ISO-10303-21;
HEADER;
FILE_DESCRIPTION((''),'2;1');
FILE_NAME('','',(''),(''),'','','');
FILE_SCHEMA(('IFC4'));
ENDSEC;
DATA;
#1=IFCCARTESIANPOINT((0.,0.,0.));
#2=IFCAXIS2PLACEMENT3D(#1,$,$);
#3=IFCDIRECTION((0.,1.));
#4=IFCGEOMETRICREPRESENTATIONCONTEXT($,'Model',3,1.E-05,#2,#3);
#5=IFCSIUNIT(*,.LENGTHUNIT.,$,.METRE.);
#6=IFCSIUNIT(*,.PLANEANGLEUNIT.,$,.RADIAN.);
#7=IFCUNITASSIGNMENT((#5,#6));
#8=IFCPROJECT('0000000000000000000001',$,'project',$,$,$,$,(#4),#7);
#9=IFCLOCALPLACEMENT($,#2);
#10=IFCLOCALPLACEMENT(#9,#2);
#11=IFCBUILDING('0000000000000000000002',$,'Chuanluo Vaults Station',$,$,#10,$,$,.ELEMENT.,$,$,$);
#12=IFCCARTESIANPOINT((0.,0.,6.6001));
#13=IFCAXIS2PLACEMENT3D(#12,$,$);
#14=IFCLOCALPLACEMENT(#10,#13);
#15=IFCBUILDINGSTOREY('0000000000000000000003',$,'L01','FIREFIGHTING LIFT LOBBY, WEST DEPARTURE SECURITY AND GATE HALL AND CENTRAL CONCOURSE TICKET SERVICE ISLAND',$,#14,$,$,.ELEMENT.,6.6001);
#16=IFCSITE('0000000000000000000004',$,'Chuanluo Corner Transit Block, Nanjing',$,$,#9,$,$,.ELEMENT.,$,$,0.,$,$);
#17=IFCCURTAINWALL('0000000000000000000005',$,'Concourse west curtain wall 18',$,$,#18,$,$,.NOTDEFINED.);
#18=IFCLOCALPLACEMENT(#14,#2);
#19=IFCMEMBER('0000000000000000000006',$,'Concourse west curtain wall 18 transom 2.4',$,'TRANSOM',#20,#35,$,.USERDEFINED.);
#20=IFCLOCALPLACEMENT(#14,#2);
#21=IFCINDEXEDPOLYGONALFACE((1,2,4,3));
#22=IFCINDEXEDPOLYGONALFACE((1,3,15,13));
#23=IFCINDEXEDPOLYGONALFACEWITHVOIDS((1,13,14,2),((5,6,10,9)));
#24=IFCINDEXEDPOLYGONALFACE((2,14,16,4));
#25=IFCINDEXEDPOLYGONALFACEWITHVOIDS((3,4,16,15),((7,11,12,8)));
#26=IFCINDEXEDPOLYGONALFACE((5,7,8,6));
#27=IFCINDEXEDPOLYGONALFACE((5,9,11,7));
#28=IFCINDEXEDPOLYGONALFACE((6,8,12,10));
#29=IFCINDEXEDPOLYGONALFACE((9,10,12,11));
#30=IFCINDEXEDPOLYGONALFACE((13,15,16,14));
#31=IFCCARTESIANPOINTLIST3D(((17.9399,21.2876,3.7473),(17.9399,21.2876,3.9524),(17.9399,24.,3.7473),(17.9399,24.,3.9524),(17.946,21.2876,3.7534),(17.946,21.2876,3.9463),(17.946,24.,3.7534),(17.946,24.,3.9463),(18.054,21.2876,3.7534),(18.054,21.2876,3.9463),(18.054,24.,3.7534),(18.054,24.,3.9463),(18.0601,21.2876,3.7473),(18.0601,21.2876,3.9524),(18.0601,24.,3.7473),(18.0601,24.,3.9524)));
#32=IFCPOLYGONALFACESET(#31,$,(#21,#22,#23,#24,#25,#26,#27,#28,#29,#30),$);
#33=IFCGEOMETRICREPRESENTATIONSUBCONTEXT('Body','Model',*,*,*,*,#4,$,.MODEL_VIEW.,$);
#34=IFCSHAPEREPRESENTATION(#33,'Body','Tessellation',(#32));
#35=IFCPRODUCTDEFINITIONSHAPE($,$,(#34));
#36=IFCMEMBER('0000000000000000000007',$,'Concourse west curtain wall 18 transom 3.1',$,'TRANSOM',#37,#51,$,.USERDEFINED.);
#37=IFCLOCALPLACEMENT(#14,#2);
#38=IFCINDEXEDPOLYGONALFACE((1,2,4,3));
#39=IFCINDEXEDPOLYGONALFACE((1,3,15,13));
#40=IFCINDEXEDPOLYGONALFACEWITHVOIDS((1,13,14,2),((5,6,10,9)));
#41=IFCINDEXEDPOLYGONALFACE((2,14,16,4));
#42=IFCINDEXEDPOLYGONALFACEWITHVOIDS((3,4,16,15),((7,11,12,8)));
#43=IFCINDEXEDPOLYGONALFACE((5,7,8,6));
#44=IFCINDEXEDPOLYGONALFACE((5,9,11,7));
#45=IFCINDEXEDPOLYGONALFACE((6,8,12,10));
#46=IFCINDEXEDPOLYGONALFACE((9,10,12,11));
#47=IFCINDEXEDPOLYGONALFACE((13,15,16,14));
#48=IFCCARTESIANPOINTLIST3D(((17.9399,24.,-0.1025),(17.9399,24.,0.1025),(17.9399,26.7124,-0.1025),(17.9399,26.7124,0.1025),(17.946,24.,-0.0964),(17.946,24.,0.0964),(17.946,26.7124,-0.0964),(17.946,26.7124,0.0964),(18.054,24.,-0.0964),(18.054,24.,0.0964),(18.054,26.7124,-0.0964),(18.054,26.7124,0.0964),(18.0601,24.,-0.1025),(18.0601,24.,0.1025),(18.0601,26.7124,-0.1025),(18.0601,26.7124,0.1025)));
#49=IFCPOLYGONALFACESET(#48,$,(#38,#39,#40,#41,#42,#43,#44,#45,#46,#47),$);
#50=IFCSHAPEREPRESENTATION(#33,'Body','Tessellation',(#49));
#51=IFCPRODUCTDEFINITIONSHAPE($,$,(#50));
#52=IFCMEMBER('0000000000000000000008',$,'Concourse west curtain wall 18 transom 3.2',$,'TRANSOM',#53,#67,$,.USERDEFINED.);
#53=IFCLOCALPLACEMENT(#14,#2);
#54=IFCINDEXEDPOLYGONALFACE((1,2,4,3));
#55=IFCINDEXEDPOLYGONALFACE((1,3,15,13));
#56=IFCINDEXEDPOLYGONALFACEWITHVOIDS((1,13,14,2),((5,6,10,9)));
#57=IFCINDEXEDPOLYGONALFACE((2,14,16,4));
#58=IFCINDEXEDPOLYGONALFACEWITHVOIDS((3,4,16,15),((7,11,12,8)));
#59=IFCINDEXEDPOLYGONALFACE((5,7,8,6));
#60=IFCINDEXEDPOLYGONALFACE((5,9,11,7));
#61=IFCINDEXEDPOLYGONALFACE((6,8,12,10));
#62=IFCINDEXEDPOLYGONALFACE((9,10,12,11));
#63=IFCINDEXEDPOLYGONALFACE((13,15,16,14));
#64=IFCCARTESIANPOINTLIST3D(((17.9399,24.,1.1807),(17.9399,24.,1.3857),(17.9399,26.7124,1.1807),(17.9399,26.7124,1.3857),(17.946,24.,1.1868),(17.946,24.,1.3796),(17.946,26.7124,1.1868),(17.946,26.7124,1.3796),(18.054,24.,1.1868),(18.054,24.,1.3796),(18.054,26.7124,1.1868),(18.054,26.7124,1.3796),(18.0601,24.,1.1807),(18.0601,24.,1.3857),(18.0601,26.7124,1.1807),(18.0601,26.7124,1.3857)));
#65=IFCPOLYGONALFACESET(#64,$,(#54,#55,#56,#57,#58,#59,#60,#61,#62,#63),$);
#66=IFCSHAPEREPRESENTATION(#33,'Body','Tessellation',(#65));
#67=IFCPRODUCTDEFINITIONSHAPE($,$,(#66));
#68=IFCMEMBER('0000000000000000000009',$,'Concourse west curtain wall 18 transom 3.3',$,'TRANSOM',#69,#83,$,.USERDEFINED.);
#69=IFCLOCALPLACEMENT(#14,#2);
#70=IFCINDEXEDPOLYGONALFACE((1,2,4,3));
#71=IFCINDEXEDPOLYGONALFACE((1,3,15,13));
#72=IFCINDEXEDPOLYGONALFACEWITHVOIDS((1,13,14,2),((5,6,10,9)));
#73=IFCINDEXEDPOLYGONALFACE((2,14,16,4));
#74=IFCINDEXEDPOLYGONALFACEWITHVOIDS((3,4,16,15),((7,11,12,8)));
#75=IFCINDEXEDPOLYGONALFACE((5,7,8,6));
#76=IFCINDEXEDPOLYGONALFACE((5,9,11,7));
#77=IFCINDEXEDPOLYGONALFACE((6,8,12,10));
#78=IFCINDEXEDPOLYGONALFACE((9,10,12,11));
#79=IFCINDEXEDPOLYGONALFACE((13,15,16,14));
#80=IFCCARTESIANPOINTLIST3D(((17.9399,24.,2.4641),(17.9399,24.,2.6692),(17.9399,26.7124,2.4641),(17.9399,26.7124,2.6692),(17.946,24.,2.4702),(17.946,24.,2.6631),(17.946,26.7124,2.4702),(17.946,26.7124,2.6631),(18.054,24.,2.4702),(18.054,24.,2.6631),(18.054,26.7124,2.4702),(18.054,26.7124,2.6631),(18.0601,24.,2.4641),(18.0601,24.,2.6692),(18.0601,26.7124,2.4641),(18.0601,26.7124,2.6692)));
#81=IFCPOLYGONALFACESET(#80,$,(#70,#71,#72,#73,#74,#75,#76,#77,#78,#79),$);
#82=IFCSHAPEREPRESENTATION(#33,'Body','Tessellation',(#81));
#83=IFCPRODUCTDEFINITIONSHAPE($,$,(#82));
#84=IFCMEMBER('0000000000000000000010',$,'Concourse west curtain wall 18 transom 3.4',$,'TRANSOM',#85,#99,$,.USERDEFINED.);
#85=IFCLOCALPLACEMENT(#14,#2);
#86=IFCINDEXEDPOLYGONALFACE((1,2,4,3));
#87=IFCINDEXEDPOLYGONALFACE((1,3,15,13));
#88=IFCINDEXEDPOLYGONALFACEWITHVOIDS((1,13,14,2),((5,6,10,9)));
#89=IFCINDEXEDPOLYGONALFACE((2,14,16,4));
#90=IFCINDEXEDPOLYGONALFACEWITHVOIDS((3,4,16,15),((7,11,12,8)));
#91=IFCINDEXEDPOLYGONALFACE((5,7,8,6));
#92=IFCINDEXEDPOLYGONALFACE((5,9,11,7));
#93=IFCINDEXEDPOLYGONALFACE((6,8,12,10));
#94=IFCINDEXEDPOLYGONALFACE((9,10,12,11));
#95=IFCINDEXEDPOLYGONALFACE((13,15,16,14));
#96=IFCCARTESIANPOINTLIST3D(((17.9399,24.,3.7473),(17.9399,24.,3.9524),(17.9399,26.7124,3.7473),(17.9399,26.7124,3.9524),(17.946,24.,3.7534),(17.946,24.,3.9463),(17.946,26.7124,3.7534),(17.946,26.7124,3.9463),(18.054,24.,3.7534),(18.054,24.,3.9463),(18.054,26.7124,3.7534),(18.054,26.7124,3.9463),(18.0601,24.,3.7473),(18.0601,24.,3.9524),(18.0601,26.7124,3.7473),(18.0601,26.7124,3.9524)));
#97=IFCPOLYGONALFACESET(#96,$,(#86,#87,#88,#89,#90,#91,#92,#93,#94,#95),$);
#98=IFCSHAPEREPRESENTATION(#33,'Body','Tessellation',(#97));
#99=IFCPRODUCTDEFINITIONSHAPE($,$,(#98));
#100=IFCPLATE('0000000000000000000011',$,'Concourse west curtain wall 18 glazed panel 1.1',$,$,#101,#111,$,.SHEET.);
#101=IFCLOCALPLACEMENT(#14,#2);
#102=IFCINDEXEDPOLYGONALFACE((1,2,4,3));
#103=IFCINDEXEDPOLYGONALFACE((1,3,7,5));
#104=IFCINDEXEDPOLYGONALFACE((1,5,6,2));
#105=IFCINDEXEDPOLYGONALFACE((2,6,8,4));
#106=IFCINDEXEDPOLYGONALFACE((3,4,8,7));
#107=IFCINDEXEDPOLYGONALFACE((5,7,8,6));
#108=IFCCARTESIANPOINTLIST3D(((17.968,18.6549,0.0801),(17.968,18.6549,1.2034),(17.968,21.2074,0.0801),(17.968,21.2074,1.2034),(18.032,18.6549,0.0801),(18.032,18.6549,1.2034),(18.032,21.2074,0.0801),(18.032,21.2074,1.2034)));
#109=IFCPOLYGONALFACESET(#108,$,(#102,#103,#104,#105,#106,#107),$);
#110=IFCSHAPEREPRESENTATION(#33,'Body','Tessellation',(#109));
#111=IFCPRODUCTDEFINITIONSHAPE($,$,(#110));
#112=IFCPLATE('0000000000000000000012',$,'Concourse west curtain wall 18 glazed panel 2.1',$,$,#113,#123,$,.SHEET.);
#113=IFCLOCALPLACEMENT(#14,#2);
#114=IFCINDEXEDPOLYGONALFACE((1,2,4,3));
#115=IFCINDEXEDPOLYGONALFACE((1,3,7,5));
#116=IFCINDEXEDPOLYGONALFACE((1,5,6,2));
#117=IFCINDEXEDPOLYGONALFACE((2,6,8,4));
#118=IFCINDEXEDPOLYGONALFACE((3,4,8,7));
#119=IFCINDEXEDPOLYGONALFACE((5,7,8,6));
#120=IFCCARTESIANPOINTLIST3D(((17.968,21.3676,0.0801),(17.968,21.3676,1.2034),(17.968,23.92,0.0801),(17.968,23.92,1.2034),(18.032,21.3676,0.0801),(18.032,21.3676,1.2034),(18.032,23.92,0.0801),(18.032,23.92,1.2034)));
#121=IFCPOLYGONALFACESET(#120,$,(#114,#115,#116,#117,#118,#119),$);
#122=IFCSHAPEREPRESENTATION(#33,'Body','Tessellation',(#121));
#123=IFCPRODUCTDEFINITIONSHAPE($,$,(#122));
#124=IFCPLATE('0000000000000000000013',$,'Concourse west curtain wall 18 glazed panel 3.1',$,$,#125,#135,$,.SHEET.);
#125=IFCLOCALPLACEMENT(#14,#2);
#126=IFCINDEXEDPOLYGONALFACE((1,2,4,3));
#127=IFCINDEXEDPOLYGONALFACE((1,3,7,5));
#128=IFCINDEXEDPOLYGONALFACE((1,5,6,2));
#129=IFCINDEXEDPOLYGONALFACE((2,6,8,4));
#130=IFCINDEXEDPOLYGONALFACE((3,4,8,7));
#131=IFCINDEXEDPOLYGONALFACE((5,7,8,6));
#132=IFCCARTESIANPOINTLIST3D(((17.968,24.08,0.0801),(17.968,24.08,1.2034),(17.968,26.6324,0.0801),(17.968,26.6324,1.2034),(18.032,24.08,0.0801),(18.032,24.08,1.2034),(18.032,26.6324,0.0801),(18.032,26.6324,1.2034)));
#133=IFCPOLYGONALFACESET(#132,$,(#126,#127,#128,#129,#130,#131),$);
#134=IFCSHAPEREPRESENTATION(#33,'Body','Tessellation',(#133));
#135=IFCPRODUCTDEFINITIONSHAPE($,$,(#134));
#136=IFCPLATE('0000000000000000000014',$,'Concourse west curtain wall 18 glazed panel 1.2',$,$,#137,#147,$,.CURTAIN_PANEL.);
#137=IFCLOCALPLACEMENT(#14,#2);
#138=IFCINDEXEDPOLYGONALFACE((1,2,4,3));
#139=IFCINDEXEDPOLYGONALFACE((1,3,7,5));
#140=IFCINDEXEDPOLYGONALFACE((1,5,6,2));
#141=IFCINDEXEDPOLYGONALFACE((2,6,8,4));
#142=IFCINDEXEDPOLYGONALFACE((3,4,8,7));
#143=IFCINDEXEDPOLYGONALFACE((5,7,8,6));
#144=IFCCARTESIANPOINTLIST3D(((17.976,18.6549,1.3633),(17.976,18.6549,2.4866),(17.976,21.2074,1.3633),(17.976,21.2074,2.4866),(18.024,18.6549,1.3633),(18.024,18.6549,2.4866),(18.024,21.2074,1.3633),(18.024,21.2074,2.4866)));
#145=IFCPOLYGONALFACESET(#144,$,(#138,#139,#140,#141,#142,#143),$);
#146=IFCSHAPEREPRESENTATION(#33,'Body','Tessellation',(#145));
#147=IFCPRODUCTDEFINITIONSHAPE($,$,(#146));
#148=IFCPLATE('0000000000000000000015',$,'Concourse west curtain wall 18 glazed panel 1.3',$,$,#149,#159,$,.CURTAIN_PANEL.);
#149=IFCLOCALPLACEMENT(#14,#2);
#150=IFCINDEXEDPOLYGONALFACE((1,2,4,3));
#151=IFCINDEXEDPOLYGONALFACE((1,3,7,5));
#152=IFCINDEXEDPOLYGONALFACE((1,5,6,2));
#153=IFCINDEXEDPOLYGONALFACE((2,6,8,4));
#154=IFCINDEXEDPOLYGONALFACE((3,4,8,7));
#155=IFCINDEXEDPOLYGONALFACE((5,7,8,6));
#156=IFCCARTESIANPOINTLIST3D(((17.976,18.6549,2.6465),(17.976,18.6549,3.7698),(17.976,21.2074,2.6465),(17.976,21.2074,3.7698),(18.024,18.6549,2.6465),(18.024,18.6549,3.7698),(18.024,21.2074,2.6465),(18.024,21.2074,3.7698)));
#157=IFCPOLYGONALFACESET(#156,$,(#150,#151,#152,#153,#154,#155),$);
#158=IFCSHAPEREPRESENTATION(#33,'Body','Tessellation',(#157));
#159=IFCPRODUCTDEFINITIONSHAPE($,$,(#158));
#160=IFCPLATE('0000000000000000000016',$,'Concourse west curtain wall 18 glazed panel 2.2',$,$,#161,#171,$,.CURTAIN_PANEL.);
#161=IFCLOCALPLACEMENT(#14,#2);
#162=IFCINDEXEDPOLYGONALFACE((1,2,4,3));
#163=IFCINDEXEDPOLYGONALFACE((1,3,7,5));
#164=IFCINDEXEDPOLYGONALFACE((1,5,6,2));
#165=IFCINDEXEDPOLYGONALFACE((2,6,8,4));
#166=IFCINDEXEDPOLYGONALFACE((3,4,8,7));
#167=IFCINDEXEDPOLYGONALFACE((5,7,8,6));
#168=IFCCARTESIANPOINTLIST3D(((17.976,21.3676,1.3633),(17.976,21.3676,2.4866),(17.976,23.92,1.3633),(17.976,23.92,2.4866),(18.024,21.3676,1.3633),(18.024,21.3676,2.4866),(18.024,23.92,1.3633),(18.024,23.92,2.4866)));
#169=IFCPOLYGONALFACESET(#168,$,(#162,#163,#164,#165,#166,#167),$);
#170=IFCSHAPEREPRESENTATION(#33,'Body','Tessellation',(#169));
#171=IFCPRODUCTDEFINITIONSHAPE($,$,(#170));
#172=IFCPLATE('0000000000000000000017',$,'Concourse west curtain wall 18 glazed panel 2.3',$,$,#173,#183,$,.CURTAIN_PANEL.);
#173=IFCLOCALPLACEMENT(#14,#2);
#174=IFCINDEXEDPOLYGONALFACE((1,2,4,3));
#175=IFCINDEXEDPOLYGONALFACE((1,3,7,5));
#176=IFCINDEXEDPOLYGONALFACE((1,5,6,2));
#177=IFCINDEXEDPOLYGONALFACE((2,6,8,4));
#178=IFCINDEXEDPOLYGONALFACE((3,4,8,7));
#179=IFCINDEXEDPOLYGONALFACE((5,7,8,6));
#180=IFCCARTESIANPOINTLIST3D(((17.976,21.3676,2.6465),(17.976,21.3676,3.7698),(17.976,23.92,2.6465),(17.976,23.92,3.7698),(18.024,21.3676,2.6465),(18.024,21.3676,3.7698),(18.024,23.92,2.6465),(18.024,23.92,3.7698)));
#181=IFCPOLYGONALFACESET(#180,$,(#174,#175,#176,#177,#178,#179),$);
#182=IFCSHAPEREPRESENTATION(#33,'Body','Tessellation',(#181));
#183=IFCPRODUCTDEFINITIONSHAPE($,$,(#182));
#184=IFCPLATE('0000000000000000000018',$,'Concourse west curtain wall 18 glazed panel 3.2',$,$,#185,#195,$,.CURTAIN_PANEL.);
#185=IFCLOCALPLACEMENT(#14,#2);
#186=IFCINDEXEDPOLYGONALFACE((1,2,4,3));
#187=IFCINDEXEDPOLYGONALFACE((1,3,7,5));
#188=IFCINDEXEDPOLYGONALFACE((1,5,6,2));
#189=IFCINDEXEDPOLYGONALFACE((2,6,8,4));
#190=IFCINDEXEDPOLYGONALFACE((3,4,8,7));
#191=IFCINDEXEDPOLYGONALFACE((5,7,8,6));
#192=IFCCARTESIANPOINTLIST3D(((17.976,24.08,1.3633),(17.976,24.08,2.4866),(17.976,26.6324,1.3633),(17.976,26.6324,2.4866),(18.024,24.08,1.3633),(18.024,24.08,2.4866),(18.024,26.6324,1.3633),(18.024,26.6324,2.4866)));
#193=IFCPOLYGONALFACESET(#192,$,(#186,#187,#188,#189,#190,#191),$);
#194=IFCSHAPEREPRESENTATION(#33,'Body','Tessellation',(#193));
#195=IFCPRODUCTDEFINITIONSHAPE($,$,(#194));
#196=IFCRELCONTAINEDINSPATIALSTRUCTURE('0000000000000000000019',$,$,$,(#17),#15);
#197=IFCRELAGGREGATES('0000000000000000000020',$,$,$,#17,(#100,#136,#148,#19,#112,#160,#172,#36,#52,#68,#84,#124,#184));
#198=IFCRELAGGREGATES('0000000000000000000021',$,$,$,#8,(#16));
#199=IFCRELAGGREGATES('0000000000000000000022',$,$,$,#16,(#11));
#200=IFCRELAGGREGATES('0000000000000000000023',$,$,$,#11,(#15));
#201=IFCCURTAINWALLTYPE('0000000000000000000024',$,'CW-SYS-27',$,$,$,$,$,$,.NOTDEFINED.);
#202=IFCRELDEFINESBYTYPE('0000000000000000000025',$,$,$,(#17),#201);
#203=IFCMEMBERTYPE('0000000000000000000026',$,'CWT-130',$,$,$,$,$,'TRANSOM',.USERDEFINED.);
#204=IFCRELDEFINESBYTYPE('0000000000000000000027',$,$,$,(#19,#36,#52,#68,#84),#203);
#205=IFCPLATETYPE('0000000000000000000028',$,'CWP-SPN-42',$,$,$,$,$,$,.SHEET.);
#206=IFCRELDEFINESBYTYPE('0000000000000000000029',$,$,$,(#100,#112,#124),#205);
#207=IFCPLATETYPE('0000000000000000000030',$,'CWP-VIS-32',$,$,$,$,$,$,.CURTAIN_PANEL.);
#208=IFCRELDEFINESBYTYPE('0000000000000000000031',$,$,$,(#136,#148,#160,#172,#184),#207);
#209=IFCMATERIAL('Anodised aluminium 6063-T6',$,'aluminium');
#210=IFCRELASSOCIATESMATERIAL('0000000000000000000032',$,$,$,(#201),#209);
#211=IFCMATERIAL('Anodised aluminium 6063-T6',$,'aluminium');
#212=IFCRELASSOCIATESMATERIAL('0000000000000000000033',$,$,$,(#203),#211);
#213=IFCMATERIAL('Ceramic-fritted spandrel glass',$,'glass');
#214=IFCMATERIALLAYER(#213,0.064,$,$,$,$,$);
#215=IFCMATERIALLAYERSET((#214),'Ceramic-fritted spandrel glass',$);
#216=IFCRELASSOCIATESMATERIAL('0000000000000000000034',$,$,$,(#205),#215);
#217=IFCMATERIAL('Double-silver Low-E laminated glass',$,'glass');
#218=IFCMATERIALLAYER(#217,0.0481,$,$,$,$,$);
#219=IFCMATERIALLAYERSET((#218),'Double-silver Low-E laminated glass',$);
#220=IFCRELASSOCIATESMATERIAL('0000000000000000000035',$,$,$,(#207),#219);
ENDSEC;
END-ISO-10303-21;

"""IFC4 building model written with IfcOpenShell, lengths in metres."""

from ifc_helpers import new_model, si_unit, direction, frame, origin, origin_2d, place, context, subcontext, project, spatial, rectangle, hollow_rectangle, extrude, material, layer, layer_set, material_profile, profile_set, type_object, element, aggregate, save


model = new_model("IFC4")

# Units and contexts
model_context = context("Model", 3, precision=1e-05, world=origin(), true_north=direction((0.0, 1.0)))
body_context = subcontext(model_context, "Body", "Model", "MODEL_VIEW")
ifc_project = project(units=[si_unit("LENGTHUNIT", "METRE"), si_unit("PLANEANGLEUNIT", "RADIAN")], contexts=[model_context])

# Site, building, storey
site_placement = place(None, origin())
site = spatial("IfcSite", under=ifc_project, at=site_placement, Name="Chuanluo Corner Transit Block, Nanjing", CompositionType="ELEMENT", RefElevation=0.0)
building_placement = place(site_placement, origin())
building = spatial("IfcBuilding", under=site, at=building_placement, Name="Chuanluo Vaults Station", CompositionType="ELEMENT")
storey_placement = place(building_placement, frame((0.0, 0.0, 6.6001)))
storey = spatial("IfcBuildingStorey", under=building, at=storey_placement, Name="L01", Description="FIREFIGHTING LIFT LOBBY, WEST DEPARTURE SECURITY AND GATE HALL AND CENTRAL CONCOURSE TICKET SERVICE ISLAND", CompositionType="ELEMENT", Elevation=6.6001)

# Curtain wall, members, plates
ifc_material_1 = material(Name="Anodised aluminium 6063-T6", Category="aluminium")
curtain_wall_type = type_object("IfcCurtainWallType", Name="CW-SYS-27", PredefinedType="NOTDEFINED", material=ifc_material_1)
curtain_wall_placement = place(storey_placement, origin())
curtain_wall = element("IfcCurtainWall", 1, at=curtain_wall_placement, inside=storey, type_object=curtain_wall_type, Name="Concourse west curtain wall 18", PredefinedType="NOTDEFINED")
ifc_material_2 = material(Name="Anodised aluminium 6063-T6", Category="aluminium")
ifc_material_profile_1 = material_profile(ifc_material_2, hollow_rectangle(XDim=0.1201, YDim=0.2051, WallThickness=0.0061, at=origin_2d()))
ifc_profile_set_1 = profile_set([ifc_material_profile_1], Name="Anodised aluminium 6063-T6")
member_type_1 = type_object("IfcMemberType", Name="CWT-130", ElementType="TRANSOM", PredefinedType="USERDEFINED", material=ifc_profile_set_1)
member_1_placement = place(storey_placement, frame((18.0, 21.2876, 3.8499), z_axis=(0.0, 1.0, 0.0), x_axis=(-1.0, 0.0, 0.0)))
member_1 = element("IfcMember", 2, at=member_1_placement, type_object=member_type_1, Name="Concourse west curtain wall 18 transom 2.4", ObjectType="TRANSOM", PredefinedType="USERDEFINED", context=body_context, shape_type="SweptSolid", body=[
    extrude(hollow_rectangle(XDim=0.1201, YDim=0.2051, WallThickness=0.0061, at=origin_2d()), origin(), (0.0, 0.0, 1.0), 2.7124),
])
member_2_placement = place(storey_placement, frame((18.0, 24.0, 0.0), z_axis=(0.0, 1.0, 0.0), x_axis=(-1.0, 0.0, 0.0)))
member_2 = element("IfcMember", 3, at=member_2_placement, type_object=member_type_1, Name="Concourse west curtain wall 18 transom 3.1", ObjectType="TRANSOM", PredefinedType="USERDEFINED", context=body_context, shape_type="SweptSolid", body=[
    extrude(hollow_rectangle(XDim=0.1201, YDim=0.2051, WallThickness=0.0061, at=origin_2d()), origin(), (0.0, 0.0, 1.0), 2.7124),
])
member_3_placement = place(storey_placement, frame((18.0, 24.0, 1.2832), z_axis=(0.0, 1.0, 0.0), x_axis=(-1.0, 0.0, 0.0)))
member_3 = element("IfcMember", 4, at=member_3_placement, type_object=member_type_1, Name="Concourse west curtain wall 18 transom 3.2", ObjectType="TRANSOM", PredefinedType="USERDEFINED", context=body_context, shape_type="SweptSolid", body=[
    extrude(hollow_rectangle(XDim=0.1201, YDim=0.2051, WallThickness=0.0061, at=origin_2d()), origin(), (0.0, 0.0, 1.0), 2.7124),
])
member_4_placement = place(storey_placement, frame((18.0, 24.0, 2.5667), z_axis=(0.0, 1.0, 0.0), x_axis=(-1.0, 0.0, 0.0)))
member_4 = element("IfcMember", 5, at=member_4_placement, type_object=member_type_1, Name="Concourse west curtain wall 18 transom 3.3", ObjectType="TRANSOM", PredefinedType="USERDEFINED", context=body_context, shape_type="SweptSolid", body=[
    extrude(hollow_rectangle(XDim=0.1201, YDim=0.2051, WallThickness=0.0061, at=origin_2d()), origin(), (0.0, 0.0, 1.0), 2.7124),
])
member_5_placement = place(storey_placement, frame((18.0, 24.0, 3.8499), z_axis=(0.0, 1.0, 0.0), x_axis=(-1.0, 0.0, 0.0)))
member_5 = element("IfcMember", 6, at=member_5_placement, type_object=member_type_1, Name="Concourse west curtain wall 18 transom 3.4", ObjectType="TRANSOM", PredefinedType="USERDEFINED", context=body_context, shape_type="SweptSolid", body=[
    extrude(hollow_rectangle(XDim=0.1201, YDim=0.2051, WallThickness=0.0061, at=origin_2d()), origin(), (0.0, 0.0, 1.0), 2.7124),
])
ifc_material_3 = material(Name="Ceramic-fritted spandrel glass", Category="glass")
ifc_layer_1 = layer(ifc_material_3, 0.064)
ifc_layer_set_1 = layer_set([ifc_layer_1], Name="Ceramic-fritted spandrel glass")
plate_type_1 = type_object("IfcPlateType", Name="CWP-SPN-42", PredefinedType="SHEET", material=ifc_layer_set_1)
plate_1_placement = place(storey_placement, frame((18.0, 19.9312, 0.0801), z_axis=(0.0, 0.0, 1.0), x_axis=(0.0, 1.0, 0.0)))
plate_1 = element("IfcPlate", 7, at=plate_1_placement, type_object=plate_type_1, Name="Concourse west curtain wall 18 glazed panel 1.1", PredefinedType="SHEET", context=body_context, shape_type="SweptSolid", body=[
    extrude(rectangle(XDim=2.5525, YDim=0.064, at=origin_2d()), origin(), (0.0, 0.0, 1.0), 1.1233),
])
plate_2_placement = place(storey_placement, frame((18.0, 22.6438, 0.0801), z_axis=(0.0, 0.0, 1.0), x_axis=(0.0, 1.0, 0.0)))
plate_2 = element("IfcPlate", 8, at=plate_2_placement, type_object=plate_type_1, Name="Concourse west curtain wall 18 glazed panel 2.1", PredefinedType="SHEET", context=body_context, shape_type="SweptSolid", body=[
    extrude(rectangle(XDim=2.5525, YDim=0.064, at=origin_2d()), origin(), (0.0, 0.0, 1.0), 1.1233),
])
plate_3_placement = place(storey_placement, frame((18.0, 25.3562, 0.0801), z_axis=(0.0, 0.0, 1.0), x_axis=(0.0, 1.0, 0.0)))
plate_3 = element("IfcPlate", 9, at=plate_3_placement, type_object=plate_type_1, Name="Concourse west curtain wall 18 glazed panel 3.1", PredefinedType="SHEET", context=body_context, shape_type="SweptSolid", body=[
    extrude(rectangle(XDim=2.5525, YDim=0.064, at=origin_2d()), origin(), (0.0, 0.0, 1.0), 1.1233),
])
ifc_material_4 = material(Name="Double-silver Low-E laminated glass", Category="glass")
ifc_layer_2 = layer(ifc_material_4, 0.0481)
ifc_layer_set_2 = layer_set([ifc_layer_2], Name="Double-silver Low-E laminated glass")
plate_type_2 = type_object("IfcPlateType", Name="CWP-VIS-32", PredefinedType="CURTAIN_PANEL", material=ifc_layer_set_2)
plate_4_placement = place(storey_placement, frame((18.0, 19.9312, 1.3633), z_axis=(0.0, 0.0, 1.0), x_axis=(0.0, 1.0, 0.0)))
plate_4 = element("IfcPlate", 10, at=plate_4_placement, type_object=plate_type_2, Name="Concourse west curtain wall 18 glazed panel 1.2", PredefinedType="CURTAIN_PANEL", context=body_context, shape_type="SweptSolid", body=[
    extrude(rectangle(XDim=2.5525, YDim=0.0481, at=origin_2d()), origin(), (0.0, 0.0, 1.0), 1.1233),
])
plate_5_placement = place(storey_placement, frame((18.0, 19.9312, 2.6465), z_axis=(0.0, 0.0, 1.0), x_axis=(0.0, 1.0, 0.0)))
plate_5 = element("IfcPlate", 11, at=plate_5_placement, type_object=plate_type_2, Name="Concourse west curtain wall 18 glazed panel 1.3", PredefinedType="CURTAIN_PANEL", context=body_context, shape_type="SweptSolid", body=[
    extrude(rectangle(XDim=2.5525, YDim=0.0481, at=origin_2d()), origin(), (0.0, 0.0, 1.0), 1.1233),
])
plate_6_placement = place(storey_placement, frame((18.0, 22.6438, 1.3633), z_axis=(0.0, 0.0, 1.0), x_axis=(0.0, 1.0, 0.0)))
plate_6 = element("IfcPlate", 12, at=plate_6_placement, type_object=plate_type_2, Name="Concourse west curtain wall 18 glazed panel 2.2", PredefinedType="CURTAIN_PANEL", context=body_context, shape_type="SweptSolid", body=[
    extrude(rectangle(XDim=2.5525, YDim=0.0481, at=origin_2d()), origin(), (0.0, 0.0, 1.0), 1.1233),
])
plate_7_placement = place(storey_placement, frame((18.0, 22.6438, 2.6465), z_axis=(0.0, 0.0, 1.0), x_axis=(0.0, 1.0, 0.0)))
plate_7 = element("IfcPlate", 13, at=plate_7_placement, type_object=plate_type_2, Name="Concourse west curtain wall 18 glazed panel 2.3", PredefinedType="CURTAIN_PANEL", context=body_context, shape_type="SweptSolid", body=[
    extrude(rectangle(XDim=2.5525, YDim=0.0481, at=origin_2d()), origin(), (0.0, 0.0, 1.0), 1.1233),
])
plate_8_placement = place(storey_placement, frame((18.0, 25.3562, 1.3633), z_axis=(0.0, 0.0, 1.0), x_axis=(0.0, 1.0, 0.0)))
plate_8 = element("IfcPlate", 14, at=plate_8_placement, type_object=plate_type_2, Name="Concourse west curtain wall 18 glazed panel 3.2", PredefinedType="CURTAIN_PANEL", context=body_context, shape_type="SweptSolid", body=[
    extrude(rectangle(XDim=2.5525, YDim=0.0481, at=origin_2d()), origin(), (0.0, 0.0, 1.0), 1.1233),
])
aggregate(curtain_wall, [plate_1, plate_4, plate_5, member_1, plate_2, plate_6, plate_7, member_2, member_3, member_4, member_5, plate_3, plate_8])

save(model, "model.ifc")
